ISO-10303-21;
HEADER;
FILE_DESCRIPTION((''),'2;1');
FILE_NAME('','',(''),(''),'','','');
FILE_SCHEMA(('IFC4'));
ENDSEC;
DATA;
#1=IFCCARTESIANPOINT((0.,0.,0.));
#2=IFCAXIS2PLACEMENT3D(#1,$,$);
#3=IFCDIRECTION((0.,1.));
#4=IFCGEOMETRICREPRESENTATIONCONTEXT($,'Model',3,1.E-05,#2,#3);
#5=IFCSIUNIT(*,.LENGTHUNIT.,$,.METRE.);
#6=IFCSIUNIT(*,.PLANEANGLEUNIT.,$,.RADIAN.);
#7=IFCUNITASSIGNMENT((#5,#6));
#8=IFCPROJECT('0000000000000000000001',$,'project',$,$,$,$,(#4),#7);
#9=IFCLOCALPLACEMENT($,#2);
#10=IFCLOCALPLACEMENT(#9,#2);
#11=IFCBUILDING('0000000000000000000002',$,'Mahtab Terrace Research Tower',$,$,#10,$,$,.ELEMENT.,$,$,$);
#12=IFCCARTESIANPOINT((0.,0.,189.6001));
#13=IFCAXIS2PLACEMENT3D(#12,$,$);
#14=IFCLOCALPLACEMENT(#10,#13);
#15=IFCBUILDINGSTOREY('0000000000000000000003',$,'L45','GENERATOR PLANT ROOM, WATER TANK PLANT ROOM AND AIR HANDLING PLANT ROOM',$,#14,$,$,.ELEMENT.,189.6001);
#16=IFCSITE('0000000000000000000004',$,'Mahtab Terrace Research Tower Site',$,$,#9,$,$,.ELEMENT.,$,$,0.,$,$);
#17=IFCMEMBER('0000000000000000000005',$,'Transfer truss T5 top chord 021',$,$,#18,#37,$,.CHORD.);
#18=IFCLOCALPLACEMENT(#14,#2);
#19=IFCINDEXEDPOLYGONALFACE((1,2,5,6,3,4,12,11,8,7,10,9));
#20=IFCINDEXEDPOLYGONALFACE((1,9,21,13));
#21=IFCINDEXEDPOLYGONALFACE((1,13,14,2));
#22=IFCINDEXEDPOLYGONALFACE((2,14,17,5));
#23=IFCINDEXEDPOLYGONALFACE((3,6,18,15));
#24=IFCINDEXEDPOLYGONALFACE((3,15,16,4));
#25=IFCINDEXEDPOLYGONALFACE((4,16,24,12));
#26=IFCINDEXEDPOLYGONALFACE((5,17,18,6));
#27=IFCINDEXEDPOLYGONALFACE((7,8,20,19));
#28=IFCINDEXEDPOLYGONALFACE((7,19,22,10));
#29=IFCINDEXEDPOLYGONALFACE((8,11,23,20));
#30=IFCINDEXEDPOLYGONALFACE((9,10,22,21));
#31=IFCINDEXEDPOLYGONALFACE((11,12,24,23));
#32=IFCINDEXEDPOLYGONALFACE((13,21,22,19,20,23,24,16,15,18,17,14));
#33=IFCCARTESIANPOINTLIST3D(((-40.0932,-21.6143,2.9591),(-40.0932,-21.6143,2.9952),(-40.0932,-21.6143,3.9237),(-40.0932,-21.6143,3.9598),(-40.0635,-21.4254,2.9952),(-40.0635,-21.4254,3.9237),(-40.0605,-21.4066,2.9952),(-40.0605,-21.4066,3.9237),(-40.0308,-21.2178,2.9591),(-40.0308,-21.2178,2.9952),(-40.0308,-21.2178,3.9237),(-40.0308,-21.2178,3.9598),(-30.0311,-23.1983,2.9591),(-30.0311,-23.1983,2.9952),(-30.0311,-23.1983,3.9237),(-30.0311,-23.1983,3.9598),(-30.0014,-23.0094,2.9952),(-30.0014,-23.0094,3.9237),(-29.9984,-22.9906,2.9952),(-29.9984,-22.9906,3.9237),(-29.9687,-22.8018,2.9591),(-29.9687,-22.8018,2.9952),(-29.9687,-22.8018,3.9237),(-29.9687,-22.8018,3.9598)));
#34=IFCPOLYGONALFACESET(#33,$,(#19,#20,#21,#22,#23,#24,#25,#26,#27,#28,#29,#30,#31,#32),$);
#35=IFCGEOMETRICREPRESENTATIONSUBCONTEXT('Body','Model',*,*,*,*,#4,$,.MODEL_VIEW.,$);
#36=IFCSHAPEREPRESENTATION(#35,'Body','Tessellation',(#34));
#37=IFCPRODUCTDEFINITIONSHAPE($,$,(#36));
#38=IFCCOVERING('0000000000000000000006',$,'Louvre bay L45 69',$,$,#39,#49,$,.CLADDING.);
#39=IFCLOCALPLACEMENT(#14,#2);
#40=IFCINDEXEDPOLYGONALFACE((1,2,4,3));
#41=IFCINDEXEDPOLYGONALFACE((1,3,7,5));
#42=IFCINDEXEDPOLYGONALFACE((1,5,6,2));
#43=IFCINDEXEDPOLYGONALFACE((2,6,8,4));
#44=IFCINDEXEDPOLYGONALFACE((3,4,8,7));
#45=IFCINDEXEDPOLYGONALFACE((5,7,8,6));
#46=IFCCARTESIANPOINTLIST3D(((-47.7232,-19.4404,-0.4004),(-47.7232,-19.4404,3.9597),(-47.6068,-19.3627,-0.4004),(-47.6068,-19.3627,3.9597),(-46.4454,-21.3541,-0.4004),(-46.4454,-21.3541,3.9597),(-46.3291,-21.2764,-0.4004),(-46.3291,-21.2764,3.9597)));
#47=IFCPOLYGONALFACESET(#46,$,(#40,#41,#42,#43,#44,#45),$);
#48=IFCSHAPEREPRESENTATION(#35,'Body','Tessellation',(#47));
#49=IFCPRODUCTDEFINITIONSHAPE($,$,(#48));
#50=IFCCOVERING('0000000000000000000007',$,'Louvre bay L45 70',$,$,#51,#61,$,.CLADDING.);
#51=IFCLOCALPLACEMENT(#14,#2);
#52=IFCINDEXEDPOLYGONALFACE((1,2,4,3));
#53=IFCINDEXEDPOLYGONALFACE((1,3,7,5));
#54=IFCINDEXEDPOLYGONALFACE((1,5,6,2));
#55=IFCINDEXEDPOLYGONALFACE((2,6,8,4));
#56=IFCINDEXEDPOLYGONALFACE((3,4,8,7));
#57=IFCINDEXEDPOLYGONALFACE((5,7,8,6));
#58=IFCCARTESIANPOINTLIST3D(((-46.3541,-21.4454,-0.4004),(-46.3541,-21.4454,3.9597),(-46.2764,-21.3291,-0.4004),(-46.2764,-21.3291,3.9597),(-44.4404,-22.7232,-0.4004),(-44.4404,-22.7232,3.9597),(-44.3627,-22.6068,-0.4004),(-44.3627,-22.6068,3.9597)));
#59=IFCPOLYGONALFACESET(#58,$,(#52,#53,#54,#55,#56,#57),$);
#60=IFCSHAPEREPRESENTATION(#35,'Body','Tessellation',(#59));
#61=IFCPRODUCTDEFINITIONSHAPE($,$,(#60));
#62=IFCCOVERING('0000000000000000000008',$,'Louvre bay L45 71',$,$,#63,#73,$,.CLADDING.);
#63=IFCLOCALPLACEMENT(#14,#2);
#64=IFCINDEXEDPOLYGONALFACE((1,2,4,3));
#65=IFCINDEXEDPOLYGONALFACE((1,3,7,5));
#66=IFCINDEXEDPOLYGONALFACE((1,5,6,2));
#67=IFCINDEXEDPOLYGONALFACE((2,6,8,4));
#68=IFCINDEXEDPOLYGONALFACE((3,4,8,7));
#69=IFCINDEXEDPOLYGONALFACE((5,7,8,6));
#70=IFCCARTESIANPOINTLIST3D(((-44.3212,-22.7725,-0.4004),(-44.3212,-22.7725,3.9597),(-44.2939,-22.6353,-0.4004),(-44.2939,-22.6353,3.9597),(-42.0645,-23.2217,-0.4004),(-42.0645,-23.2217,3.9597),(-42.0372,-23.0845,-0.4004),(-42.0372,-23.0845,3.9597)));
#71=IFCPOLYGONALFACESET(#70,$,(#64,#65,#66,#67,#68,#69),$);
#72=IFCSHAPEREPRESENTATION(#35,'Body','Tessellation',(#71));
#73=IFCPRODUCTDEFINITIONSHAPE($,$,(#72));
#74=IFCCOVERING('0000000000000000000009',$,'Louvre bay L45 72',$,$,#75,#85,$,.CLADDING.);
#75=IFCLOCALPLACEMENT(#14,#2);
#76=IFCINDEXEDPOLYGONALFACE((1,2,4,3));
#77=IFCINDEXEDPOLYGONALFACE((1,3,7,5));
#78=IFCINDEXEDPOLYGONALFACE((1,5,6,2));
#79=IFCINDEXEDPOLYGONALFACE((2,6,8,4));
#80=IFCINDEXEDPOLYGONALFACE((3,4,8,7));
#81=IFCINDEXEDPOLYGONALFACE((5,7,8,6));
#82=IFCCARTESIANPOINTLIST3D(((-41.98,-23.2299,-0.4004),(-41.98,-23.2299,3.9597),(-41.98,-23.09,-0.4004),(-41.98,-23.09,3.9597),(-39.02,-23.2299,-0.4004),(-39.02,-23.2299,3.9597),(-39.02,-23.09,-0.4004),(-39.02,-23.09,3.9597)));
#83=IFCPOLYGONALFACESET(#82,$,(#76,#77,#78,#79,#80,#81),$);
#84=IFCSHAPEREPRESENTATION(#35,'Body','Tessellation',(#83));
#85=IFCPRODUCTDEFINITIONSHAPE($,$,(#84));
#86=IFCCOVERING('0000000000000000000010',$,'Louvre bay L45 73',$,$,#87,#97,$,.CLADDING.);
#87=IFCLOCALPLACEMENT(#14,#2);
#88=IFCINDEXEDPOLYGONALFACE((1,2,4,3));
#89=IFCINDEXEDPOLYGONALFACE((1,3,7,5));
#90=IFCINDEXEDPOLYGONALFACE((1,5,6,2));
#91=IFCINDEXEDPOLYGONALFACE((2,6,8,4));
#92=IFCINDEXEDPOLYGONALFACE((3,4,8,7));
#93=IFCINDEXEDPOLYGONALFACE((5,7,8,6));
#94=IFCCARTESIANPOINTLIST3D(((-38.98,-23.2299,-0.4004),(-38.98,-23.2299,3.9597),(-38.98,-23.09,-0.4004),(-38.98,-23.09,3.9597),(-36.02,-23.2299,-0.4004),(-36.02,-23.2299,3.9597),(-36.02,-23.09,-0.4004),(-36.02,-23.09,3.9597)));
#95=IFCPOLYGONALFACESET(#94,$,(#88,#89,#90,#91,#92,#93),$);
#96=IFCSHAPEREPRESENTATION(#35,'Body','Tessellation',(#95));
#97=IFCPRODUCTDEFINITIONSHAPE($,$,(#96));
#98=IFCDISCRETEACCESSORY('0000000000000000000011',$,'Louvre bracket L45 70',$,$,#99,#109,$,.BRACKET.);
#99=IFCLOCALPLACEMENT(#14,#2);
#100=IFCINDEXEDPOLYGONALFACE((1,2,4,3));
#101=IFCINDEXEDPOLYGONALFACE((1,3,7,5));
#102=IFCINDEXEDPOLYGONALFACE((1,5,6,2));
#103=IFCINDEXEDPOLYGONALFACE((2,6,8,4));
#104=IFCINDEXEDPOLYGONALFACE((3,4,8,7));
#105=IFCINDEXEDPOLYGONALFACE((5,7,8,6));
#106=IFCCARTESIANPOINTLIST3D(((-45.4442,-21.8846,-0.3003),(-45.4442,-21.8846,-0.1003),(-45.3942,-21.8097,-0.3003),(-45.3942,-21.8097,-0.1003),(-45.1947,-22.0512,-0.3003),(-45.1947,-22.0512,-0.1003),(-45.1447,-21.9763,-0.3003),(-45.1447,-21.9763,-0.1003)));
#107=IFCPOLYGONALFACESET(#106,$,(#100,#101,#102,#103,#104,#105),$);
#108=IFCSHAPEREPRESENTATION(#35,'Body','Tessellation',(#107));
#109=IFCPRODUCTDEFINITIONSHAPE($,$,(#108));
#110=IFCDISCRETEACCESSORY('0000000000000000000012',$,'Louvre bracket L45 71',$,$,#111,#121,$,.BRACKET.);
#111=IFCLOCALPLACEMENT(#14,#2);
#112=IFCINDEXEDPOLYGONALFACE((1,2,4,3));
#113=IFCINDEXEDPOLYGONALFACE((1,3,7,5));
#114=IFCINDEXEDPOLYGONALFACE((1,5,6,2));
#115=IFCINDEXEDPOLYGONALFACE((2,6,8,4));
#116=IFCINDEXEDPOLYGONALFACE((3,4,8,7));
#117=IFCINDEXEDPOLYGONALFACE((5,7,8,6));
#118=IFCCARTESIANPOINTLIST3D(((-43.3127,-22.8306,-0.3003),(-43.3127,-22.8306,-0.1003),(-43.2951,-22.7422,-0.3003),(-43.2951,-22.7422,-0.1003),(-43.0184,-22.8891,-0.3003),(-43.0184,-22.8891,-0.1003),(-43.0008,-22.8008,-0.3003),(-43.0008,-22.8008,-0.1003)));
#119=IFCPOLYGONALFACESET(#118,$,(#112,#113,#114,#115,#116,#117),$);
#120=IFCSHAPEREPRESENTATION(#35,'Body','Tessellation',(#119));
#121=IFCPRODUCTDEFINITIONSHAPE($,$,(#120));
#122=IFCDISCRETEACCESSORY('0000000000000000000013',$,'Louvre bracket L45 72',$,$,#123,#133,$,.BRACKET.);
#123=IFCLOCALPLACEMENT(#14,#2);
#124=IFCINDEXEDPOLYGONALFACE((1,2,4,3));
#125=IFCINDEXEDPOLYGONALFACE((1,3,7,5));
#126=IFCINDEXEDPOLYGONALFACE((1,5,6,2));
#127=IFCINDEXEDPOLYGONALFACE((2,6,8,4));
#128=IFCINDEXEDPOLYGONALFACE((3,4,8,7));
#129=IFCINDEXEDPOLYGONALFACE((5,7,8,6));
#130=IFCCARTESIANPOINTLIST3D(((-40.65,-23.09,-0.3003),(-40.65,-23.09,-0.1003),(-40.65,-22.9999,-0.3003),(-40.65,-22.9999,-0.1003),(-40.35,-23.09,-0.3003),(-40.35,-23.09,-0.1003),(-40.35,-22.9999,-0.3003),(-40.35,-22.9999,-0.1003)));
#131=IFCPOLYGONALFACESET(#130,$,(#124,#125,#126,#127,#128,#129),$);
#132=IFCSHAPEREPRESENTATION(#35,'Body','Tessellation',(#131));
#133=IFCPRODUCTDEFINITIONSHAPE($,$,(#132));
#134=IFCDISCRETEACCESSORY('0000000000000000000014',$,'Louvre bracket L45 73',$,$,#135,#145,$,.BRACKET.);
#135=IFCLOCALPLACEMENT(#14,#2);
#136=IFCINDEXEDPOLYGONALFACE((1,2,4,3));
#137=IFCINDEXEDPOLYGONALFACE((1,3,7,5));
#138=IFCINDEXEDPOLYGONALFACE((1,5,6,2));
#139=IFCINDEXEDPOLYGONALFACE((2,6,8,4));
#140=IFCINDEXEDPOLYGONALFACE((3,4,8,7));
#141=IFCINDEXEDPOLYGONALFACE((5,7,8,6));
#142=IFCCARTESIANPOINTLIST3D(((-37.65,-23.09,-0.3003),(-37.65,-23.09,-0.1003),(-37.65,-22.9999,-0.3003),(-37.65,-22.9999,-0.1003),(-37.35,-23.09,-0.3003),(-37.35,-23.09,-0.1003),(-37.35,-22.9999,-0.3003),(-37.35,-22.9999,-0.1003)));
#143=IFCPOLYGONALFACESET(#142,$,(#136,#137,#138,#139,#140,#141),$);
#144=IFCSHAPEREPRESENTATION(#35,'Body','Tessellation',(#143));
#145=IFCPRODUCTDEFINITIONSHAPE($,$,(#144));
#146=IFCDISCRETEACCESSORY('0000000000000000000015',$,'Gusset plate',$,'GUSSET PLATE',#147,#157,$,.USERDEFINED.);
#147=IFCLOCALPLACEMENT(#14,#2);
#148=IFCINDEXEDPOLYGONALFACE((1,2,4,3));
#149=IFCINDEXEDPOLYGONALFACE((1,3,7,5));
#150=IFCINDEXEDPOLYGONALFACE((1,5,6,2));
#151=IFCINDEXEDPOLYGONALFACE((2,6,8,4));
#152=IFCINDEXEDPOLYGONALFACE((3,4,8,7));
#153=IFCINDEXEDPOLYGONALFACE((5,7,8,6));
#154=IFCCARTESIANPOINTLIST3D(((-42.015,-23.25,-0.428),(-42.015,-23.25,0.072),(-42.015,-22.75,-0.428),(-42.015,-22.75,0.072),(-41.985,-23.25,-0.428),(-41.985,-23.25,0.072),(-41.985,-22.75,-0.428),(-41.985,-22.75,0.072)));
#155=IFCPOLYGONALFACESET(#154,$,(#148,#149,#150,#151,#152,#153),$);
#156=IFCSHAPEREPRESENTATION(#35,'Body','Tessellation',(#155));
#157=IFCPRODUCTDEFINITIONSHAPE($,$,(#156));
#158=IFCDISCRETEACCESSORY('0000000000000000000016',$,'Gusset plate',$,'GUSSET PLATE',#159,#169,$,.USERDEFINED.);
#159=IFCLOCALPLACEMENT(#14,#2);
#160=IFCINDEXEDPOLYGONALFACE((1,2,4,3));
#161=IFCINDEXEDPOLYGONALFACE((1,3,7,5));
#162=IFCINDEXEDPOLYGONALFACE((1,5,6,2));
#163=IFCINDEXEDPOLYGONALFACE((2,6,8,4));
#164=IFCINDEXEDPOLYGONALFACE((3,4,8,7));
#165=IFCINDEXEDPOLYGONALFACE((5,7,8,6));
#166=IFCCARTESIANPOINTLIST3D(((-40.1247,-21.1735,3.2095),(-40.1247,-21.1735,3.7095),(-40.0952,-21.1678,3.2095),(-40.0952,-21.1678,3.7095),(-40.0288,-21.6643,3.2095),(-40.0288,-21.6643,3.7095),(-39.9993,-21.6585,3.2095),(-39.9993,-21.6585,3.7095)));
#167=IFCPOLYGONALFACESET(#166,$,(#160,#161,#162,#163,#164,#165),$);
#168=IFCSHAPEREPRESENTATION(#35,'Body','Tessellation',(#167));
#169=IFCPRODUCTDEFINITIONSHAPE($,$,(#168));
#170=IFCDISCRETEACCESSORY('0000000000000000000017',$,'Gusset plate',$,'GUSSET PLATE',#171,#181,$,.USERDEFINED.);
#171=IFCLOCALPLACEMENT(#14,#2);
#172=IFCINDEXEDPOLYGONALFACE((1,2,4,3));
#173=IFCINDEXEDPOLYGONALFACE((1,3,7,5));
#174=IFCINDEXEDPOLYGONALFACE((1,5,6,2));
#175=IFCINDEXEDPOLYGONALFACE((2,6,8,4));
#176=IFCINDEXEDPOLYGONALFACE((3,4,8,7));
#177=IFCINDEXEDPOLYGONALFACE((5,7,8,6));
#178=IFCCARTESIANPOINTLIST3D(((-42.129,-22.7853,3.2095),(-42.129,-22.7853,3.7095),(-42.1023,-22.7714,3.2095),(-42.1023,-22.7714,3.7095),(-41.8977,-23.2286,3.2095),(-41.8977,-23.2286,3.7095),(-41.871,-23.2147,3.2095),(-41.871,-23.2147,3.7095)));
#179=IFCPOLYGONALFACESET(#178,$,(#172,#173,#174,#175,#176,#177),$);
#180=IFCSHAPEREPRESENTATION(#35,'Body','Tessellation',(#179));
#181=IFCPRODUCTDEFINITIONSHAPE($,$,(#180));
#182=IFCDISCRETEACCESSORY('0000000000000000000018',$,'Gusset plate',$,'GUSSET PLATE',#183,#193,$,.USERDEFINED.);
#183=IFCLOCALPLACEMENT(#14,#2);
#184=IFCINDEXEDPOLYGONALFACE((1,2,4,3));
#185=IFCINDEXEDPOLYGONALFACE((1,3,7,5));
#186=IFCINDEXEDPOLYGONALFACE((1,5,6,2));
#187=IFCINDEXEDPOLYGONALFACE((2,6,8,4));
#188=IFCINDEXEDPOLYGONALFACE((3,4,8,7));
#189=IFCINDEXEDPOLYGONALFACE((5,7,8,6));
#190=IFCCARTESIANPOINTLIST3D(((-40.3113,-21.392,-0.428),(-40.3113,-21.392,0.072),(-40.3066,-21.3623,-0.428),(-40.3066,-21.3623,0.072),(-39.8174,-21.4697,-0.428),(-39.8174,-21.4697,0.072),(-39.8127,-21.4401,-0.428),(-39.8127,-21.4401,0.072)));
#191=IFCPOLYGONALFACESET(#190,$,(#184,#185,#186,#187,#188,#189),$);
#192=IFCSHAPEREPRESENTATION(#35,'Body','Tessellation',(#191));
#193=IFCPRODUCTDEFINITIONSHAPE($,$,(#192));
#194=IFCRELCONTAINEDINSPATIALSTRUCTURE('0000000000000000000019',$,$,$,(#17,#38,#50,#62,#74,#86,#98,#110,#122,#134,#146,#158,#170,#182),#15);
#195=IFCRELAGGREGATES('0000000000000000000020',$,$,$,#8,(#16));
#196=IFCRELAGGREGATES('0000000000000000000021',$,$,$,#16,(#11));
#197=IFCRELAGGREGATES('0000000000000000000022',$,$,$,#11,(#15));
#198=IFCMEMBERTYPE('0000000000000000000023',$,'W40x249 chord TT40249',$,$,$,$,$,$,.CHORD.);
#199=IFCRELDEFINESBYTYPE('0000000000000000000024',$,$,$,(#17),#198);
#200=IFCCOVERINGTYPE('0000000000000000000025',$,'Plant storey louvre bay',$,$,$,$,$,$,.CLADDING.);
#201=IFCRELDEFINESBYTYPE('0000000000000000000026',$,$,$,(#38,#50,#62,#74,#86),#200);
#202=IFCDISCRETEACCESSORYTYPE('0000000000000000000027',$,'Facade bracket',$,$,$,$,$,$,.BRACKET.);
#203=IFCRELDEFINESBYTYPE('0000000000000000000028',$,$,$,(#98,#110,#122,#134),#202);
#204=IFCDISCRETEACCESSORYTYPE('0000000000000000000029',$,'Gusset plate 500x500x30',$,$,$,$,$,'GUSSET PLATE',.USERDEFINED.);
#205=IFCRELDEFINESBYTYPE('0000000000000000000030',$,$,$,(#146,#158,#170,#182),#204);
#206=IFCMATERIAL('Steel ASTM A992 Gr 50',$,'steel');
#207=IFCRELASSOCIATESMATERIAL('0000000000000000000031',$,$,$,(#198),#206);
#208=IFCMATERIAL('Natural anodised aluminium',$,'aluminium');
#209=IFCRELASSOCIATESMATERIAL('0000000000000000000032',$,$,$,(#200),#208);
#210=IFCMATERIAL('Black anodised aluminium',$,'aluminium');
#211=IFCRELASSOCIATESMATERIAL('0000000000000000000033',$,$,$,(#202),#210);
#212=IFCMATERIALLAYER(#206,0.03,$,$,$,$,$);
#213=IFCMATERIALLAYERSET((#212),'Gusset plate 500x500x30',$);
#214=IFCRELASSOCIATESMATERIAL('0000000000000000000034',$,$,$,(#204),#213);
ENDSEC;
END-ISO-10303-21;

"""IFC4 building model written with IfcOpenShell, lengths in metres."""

from ifc_helpers import new_model, si_unit, direction, frame, origin, origin_2d, place, context, subcontext, project, spatial, rectangle, i_section, extrude, material, layer, layer_set, material_profile, profile_set, type_object, element, save


model = new_model("IFC4")

# Units and contexts
model_context = context("Model", 3, precision=1e-05, world=origin(), true_north=direction((0.0, 1.0)))
body_context = subcontext(model_context, "Body", "Model", "MODEL_VIEW")
ifc_project = project(units=[si_unit("LENGTHUNIT", "METRE"), si_unit("PLANEANGLEUNIT", "RADIAN")], contexts=[model_context])

# Site, building, storey
site_placement = place(None, origin())
site = spatial("IfcSite", under=ifc_project, at=site_placement, Name="Mahtab Terrace Research Tower Site", CompositionType="ELEMENT", RefElevation=0.0)
building_placement = place(site_placement, origin())
building = spatial("IfcBuilding", under=site, at=building_placement, Name="Mahtab Terrace Research Tower", CompositionType="ELEMENT")
storey_placement = place(building_placement, frame((0.0, 0.0, 189.6001)))
storey = spatial("IfcBuildingStorey", under=building, at=storey_placement, Name="L45", Description="GENERATOR PLANT ROOM, WATER TANK PLANT ROOM AND AIR HANDLING PLANT ROOM", CompositionType="ELEMENT", Elevation=189.6001)

# Member
ifc_material_1 = material(Name="Steel ASTM A992 Gr 50", Category="steel")
ifc_material_profile_1 = material_profile(ifc_material_1, i_section(OverallWidth=0.4014, OverallDepth=1.0007, WebThickness=0.019, FlangeThickness=0.0361, at=origin_2d()), Name="W40X249")
ifc_profile_set_1 = profile_set([ifc_material_profile_1], Name="Steel ASTM A992 Gr 50")
member_type_1 = type_object("IfcMemberType", Name="W40x249 chord TT40249", PredefinedType="CHORD", material=ifc_profile_set_1)
member_1_placement = place(storey_placement, frame((-40.062, -21.416, 3.4595), z_axis=(0.987835, -0.155507, 0.0), x_axis=(0.155507, 0.987835, 0.0)))
element("IfcMember", 1, at=member_1_placement, inside=storey, type_object=member_type_1, Name="Transfer truss T5 top chord 021", PredefinedType="CHORD", context=body_context, shape_type="SweptSolid", body=[
    extrude(i_section(OverallWidth=0.4014, OverallDepth=1.0007, WebThickness=0.019, FlangeThickness=0.0361, at=origin_2d()), origin(), (0.0, 0.0, 1.0), 10.186),
])

# Coverings
ifc_material_2 = material(Name="Natural anodised aluminium", Category="aluminium")
covering_type = type_object("IfcCoveringType", Name="Plant storey louvre bay", PredefinedType="CLADDING", material=ifc_material_2)
for number, where, z_axis, x_axis, name in (
    (2, (-47.0261, -20.3584, -0.4004), (0.0, 0.0, 1.0), (0.555291, -0.831656, 0.0), "Louvre bay L45 69"),
    (3, (-45.3584, -22.0261, -0.4004), (0.0, 0.0, 1.0), (0.831656, -0.555291, 0.0), "Louvre bay L45 70"),
    (4, (-43.1792, -22.9285, -0.4004), (0.0, 0.0, 1.0), (0.980761, -0.195212, 0.0), "Louvre bay L45 71"),
):
    element("IfcCovering", number, at=place(storey_placement, frame(where, z_axis=z_axis, x_axis=x_axis)), inside=storey, type_object=covering_type, Name=name, PredefinedType="CLADDING", context=body_context, shape_type="SweptSolid", body=[
        extrude(rectangle(XDim=2.301, YDim=0.1399, at=origin_2d()), origin(), (0.0, 0.0, 1.0), 4.3601),
    ])
for number, where, z_axis, x_axis, name in (
    (5, (-40.5, -23.1599, -0.4004), (0.0, 0.0, 1.0), (1.0, 0.0, 0.0), "Louvre bay L45 72"),
    (6, (-37.5, -23.1599, -0.4004), (0.0, 0.0, 1.0), (1.0, 0.0, 0.0), "Louvre bay L45 73"),
):
    element("IfcCovering", number, at=place(storey_placement, frame(where, z_axis=z_axis, x_axis=x_axis)), inside=storey, type_object=covering_type, Name=name, PredefinedType="CLADDING", context=body_context, shape_type="SweptSolid", body=[
        extrude(rectangle(XDim=2.96, YDim=0.1399, at=origin_2d()), origin(), (0.0, 0.0, 1.0), 4.3601),
    ])

# Discrete accessories
ifc_material_3 = material(Name="Black anodised aluminium", Category="aluminium")
discrete_accessory_type_1 = type_object("IfcDiscreteAccessoryType", Name="Facade bracket", PredefinedType="BRACKET", material=ifc_material_3)
for number, where, z_axis, x_axis, name in (
    (7, (-45.2944, -21.9304, -0.3003), (0.0, 0.0, 1.0), (0.831656, -0.555291, 0.0), "Louvre bracket L45 70"),
    (8, (-43.1567, -22.8157, -0.3003), (0.0, 0.0, 1.0), (0.980761, -0.195212, 0.0), "Louvre bracket L45 71"),
    (9, (-40.5, -23.0449, -0.3003), (0.0, 0.0, 1.0), (1.0, 0.0, 0.0), "Louvre bracket L45 72"),
    (10, (-37.5, -23.0449, -0.3003), (0.0, 0.0, 1.0), (1.0, 0.0, 0.0), "Louvre bracket L45 73"),
):
    element("IfcDiscreteAccessory", number, at=place(storey_placement, frame(where, z_axis=z_axis, x_axis=x_axis)), inside=storey, type_object=discrete_accessory_type_1, Name=name, PredefinedType="BRACKET", context=body_context, shape_type="SweptSolid", body=[
        extrude(rectangle(XDim=0.3, YDim=0.0901, at=origin_2d()), origin(), (0.0, 0.0, 1.0), 0.2),
    ])
ifc_layer = layer(ifc_material_1, 0.03)
ifc_layer_set = layer_set([ifc_layer], Name="Gusset plate 500x500x30")
discrete_accessory_type_2 = type_object("IfcDiscreteAccessoryType", Name="Gusset plate 500x500x30", ElementType="GUSSET PLATE", PredefinedType="USERDEFINED", material=ifc_layer_set)
for number, where, z_axis, x_axis, name in (
    (11, (-42.0, -23.0, -0.428), (0.0, 0.0, 1.0), (0.0, 1.0, 0.0), "Gusset plate"),
    (12, (-40.062, -21.416, 3.2095), (0.0, 0.0, 1.0), (-0.19182, 0.98143, 0.0), "Gusset plate"),
    (13, (-42.0, -23.0, 3.2095), (0.0, 0.0, 1.0), (-0.4626, 0.886567, 0.0), "Gusset plate"),
    (14, (-40.062, -21.416, -0.428), (0.0, 0.0, 1.0), (-0.987835, 0.155504, 0.0), "Gusset plate"),
):
    element("IfcDiscreteAccessory", number, at=place(storey_placement, frame(where, z_axis=z_axis, x_axis=x_axis)), inside=storey, type_object=discrete_accessory_type_2, Name=name, ObjectType="GUSSET PLATE", PredefinedType="USERDEFINED", context=body_context, shape_type="SweptSolid", body=[
        extrude(rectangle(XDim=0.5, YDim=0.03, at=origin_2d()), origin(), (0.0, 0.0, 1.0), 0.5),
    ])

save(model, "model.ifc")
